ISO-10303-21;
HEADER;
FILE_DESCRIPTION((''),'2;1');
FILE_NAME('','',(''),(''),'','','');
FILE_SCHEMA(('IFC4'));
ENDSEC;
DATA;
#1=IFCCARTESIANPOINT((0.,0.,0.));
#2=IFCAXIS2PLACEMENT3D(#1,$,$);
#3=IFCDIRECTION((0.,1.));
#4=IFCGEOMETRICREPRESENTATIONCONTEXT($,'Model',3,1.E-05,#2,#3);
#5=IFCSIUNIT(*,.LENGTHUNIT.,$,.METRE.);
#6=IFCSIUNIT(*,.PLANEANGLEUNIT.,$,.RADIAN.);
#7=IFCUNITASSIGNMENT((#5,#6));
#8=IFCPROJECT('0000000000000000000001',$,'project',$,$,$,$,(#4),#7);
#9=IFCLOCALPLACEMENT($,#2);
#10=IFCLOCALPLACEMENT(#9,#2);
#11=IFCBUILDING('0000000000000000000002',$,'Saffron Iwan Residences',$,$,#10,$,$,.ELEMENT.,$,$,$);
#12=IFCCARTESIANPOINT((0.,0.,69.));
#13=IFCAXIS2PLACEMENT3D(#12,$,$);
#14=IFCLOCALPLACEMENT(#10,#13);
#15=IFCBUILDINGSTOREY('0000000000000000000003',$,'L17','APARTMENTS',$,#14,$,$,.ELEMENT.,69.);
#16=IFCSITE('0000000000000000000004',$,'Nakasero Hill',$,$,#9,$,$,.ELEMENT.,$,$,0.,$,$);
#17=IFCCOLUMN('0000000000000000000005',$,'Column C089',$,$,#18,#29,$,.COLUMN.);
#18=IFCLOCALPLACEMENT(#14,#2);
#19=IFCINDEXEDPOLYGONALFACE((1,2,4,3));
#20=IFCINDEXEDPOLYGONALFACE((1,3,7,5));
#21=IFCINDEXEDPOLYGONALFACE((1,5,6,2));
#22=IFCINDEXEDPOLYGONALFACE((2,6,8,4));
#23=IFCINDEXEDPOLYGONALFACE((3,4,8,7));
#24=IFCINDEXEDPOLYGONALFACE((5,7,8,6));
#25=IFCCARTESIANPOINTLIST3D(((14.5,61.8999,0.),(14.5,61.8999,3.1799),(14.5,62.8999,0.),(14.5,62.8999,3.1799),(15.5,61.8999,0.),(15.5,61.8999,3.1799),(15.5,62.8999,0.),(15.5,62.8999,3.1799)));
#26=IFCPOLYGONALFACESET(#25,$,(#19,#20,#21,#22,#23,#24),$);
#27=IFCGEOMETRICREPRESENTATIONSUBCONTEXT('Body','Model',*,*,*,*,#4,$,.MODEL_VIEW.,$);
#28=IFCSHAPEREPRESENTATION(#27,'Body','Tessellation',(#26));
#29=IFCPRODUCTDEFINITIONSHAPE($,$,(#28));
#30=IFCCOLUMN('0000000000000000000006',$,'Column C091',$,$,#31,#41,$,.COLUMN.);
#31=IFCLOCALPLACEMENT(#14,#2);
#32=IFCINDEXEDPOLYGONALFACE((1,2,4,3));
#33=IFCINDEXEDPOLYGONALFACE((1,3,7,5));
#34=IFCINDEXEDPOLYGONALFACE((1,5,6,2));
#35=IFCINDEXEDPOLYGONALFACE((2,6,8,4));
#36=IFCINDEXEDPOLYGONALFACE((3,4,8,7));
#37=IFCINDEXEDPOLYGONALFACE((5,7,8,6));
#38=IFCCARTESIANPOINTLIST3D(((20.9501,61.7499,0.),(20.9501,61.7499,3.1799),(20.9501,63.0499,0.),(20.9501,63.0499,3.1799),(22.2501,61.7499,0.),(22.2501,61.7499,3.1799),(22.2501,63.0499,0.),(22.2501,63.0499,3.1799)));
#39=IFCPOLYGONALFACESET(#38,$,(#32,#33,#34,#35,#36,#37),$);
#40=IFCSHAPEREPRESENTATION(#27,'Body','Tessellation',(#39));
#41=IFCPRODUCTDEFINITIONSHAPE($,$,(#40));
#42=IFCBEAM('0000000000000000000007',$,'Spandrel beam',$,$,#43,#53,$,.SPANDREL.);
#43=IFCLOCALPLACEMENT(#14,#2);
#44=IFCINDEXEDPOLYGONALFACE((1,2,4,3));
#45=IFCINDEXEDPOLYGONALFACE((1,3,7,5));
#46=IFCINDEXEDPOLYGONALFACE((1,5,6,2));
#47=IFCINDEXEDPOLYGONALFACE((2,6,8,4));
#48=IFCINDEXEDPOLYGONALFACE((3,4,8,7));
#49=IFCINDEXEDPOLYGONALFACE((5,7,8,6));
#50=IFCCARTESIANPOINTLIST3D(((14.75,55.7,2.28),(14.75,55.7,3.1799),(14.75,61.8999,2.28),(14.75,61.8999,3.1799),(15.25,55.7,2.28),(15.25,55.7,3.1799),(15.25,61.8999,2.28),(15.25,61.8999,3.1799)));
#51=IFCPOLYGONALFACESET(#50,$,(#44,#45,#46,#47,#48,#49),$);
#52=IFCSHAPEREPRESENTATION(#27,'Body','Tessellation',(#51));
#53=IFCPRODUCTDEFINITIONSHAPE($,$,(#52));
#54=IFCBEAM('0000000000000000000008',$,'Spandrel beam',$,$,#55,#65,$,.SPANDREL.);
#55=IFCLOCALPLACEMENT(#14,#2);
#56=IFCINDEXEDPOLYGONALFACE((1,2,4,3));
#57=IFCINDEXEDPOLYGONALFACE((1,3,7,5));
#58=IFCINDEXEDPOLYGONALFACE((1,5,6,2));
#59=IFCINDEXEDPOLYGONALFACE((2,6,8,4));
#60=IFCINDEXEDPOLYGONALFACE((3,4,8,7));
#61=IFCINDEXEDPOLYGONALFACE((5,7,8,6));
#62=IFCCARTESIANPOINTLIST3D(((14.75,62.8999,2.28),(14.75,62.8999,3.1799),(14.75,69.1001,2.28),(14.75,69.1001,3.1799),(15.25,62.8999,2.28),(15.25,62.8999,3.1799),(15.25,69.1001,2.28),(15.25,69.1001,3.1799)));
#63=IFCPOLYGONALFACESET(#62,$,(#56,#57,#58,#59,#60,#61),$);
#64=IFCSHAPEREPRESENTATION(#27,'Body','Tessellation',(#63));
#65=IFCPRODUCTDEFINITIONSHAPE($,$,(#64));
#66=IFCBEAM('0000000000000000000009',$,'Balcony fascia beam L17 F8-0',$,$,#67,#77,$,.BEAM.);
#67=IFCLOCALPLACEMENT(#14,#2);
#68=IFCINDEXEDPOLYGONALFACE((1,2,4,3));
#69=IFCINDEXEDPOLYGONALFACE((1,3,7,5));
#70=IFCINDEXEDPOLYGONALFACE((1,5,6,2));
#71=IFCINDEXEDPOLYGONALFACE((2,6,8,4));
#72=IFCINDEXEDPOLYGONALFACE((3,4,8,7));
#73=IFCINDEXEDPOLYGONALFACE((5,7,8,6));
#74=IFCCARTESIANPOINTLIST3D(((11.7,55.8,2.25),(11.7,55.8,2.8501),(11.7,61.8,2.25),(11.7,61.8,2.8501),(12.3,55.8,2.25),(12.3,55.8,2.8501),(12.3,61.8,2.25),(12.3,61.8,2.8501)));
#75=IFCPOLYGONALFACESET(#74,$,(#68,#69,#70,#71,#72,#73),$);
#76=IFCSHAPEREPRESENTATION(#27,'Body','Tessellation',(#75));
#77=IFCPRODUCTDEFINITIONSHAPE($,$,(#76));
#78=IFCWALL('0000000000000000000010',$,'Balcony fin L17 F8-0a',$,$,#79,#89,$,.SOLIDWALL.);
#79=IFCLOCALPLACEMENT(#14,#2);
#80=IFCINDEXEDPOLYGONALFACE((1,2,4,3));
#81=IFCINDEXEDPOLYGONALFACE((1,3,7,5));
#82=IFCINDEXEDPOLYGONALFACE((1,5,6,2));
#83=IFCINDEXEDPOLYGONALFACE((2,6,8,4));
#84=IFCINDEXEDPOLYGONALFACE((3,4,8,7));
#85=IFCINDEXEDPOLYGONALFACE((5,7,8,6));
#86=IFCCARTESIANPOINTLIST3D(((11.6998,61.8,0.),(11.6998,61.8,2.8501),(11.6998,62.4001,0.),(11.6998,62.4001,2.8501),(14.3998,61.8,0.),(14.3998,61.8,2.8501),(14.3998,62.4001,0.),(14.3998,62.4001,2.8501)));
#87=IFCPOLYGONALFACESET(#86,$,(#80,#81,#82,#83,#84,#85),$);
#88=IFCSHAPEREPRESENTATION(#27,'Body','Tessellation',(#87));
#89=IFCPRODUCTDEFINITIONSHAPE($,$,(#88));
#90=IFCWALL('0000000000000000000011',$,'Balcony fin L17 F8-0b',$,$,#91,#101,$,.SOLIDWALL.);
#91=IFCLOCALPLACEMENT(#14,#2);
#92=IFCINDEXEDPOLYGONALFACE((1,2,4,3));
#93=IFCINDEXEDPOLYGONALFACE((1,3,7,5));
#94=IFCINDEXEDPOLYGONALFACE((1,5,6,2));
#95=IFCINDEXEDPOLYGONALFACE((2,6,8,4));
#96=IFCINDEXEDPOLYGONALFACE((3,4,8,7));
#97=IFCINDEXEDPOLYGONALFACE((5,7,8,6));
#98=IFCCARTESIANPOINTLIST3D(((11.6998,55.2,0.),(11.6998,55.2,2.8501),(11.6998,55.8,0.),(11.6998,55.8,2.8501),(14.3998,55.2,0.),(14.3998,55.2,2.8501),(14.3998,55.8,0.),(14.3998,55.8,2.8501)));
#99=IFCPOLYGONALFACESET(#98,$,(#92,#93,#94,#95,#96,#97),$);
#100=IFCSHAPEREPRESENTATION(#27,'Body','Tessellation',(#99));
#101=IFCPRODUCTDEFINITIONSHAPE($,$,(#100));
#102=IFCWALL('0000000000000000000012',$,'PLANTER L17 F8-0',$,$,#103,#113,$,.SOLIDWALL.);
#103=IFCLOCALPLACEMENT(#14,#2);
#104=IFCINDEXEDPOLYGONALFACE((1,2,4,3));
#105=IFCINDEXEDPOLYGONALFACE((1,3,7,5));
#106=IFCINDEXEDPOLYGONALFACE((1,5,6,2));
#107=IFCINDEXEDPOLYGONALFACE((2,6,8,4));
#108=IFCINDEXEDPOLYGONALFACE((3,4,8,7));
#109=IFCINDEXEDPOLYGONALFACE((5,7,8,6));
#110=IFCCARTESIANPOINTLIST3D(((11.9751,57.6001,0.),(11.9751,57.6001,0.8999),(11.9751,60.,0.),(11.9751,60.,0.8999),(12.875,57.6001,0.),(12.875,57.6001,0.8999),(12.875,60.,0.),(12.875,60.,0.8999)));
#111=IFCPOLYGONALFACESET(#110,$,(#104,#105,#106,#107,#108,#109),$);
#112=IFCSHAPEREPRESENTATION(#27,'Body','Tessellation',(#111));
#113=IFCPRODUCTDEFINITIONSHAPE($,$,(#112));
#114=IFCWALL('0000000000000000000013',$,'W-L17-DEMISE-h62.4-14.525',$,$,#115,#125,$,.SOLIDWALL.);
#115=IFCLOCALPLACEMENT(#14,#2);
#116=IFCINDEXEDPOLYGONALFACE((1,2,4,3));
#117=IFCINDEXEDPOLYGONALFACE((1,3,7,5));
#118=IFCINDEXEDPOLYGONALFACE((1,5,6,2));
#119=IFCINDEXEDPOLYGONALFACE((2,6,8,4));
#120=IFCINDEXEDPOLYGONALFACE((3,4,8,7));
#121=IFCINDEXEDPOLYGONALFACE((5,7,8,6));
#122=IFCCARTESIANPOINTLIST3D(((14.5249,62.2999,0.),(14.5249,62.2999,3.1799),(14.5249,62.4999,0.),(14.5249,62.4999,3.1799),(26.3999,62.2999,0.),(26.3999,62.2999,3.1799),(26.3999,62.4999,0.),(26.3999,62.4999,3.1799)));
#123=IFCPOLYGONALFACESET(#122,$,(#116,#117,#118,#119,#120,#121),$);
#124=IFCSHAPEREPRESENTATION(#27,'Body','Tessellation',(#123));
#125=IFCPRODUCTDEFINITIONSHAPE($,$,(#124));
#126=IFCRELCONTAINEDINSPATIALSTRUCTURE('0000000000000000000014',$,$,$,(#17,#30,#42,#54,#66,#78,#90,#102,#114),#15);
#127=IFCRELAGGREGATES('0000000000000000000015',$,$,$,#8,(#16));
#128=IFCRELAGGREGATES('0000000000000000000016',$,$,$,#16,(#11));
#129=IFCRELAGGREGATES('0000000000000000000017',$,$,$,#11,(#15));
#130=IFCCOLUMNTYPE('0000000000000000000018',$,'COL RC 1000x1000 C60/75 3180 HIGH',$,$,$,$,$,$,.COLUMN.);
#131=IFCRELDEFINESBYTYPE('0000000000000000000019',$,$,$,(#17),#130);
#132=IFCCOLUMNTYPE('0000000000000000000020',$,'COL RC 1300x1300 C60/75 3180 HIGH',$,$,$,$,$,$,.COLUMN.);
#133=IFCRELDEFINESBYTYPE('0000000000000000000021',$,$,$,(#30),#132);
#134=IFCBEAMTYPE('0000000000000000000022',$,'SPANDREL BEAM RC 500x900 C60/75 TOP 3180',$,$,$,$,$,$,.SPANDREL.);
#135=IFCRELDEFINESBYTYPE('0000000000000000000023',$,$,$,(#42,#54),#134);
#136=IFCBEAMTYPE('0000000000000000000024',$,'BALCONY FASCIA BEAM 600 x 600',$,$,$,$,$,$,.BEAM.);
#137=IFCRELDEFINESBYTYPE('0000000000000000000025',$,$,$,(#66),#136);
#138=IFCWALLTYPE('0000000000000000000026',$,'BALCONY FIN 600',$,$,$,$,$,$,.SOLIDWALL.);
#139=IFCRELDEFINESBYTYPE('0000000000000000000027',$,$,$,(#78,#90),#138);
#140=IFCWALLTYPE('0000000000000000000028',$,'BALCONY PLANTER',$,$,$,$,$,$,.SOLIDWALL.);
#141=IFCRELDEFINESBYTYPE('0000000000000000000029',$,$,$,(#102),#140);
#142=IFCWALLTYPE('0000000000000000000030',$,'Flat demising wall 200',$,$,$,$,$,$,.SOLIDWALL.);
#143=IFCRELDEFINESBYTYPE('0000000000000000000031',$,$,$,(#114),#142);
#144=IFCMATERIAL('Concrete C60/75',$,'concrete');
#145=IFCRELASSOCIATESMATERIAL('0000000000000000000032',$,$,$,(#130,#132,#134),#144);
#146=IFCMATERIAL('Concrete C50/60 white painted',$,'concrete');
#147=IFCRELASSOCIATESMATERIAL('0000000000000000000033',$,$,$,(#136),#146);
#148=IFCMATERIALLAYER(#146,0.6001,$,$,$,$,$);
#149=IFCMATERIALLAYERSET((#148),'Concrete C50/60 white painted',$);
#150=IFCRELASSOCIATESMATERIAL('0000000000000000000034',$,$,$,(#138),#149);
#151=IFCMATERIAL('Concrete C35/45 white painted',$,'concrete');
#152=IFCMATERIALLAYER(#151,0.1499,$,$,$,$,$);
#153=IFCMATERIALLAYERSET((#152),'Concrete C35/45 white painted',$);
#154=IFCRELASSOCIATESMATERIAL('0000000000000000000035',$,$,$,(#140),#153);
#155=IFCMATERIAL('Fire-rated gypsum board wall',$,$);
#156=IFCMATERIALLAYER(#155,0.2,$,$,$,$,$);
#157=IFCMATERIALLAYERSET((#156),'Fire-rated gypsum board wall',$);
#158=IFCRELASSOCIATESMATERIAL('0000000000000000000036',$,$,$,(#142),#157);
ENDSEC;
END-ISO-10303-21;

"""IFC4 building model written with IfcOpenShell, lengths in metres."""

from ifc_helpers import new_model, si_unit, direction, frame, frame_2d, origin, origin_2d, place, context, subcontext, project, spatial, rectangle, extrude, source, transform, mapped, material, layer, layer_set, material_profile, profile_set, type_object, element, save


model = new_model("IFC4")

# Units and contexts
model_context = context("Model", 3, precision=1e-05, world=origin(), true_north=direction((0.0, 1.0)))
body_context = subcontext(model_context, "Body", "Model", "MODEL_VIEW")
ifc_project = project(units=[si_unit("LENGTHUNIT", "METRE"), si_unit("PLANEANGLEUNIT", "RADIAN")], contexts=[model_context])

# Site, building, storey
site_placement = place(None, origin())
site = spatial("IfcSite", under=ifc_project, at=site_placement, Name="Nakasero Hill", CompositionType="ELEMENT", RefElevation=0.0)
building_placement = place(site_placement, origin())
building = spatial("IfcBuilding", under=site, at=building_placement, Name="Saffron Iwan Residences", CompositionType="ELEMENT")
storey_placement = place(building_placement, frame((0.0, 0.0, 69.0)))
storey = spatial("IfcBuildingStorey", under=building, at=storey_placement, Name="L17", Description="APARTMENTS", CompositionType="ELEMENT", Elevation=69.0)

# Columns
ifc_material_1 = material(Name="Concrete C60/75", Category="concrete")
ifc_material_profile_1 = material_profile(ifc_material_1, rectangle(XDim=1.0, YDim=1.0, at=origin_2d()), Name="RC 1000x1000")
ifc_profile_set_1 = profile_set([ifc_material_profile_1], Name="Concrete C60/75")
column_type_1 = type_object("IfcColumnType", Name="COL RC 1000x1000 C60/75 3180 HIGH", PredefinedType="COLUMN", material=ifc_profile_set_1)
shared_shape_1 = source(origin(), body_context, "Body", "SweptSolid", [
    extrude(rectangle(XDim=1.0, YDim=1.0, at=origin_2d()), origin(), (0.0, 0.0, 1.0), 3.1799),
])
column_1_placement = place(storey_placement, frame((15.0, 62.3999, 0.0), z_axis=(0.0, 0.0, 1.0), x_axis=(1.0, 0.0, 0.0)))
element("IfcColumn", 1, at=column_1_placement, inside=storey, type_object=column_type_1, Name="Column C089", PredefinedType="COLUMN", context=body_context, shape_type="MappedRepresentation", body=[
    mapped(shared_shape_1, transform((0.0, 0.0, 0.0))),
])
ifc_material_profile_2 = material_profile(ifc_material_1, rectangle(XDim=1.3, YDim=1.3, at=origin_2d()), Name="RC 1300x1300")
ifc_profile_set_2 = profile_set([ifc_material_profile_2], Name="Concrete C60/75")
column_type_2 = type_object("IfcColumnType", Name="COL RC 1300x1300 C60/75 3180 HIGH", PredefinedType="COLUMN", material=ifc_profile_set_2)
shared_shape_2 = source(origin(), body_context, "Body", "SweptSolid", [
    extrude(rectangle(XDim=1.3, YDim=1.3, at=origin_2d()), origin(), (0.0, 0.0, 1.0), 3.1799),
])
column_2_placement = place(storey_placement, frame((21.6001, 62.3999, 0.0), z_axis=(0.0, 0.0, 1.0), x_axis=(1.0, 0.0, 0.0)))
element("IfcColumn", 2, at=column_2_placement, inside=storey, type_object=column_type_2, Name="Column C091", PredefinedType="COLUMN", context=body_context, shape_type="MappedRepresentation", body=[
    mapped(shared_shape_2, transform((0.0, 0.0, 0.0))),
])

# Beams
ifc_material_profile_3 = material_profile(ifc_material_1, rectangle(XDim=0.5, YDim=0.8999, at=origin_2d()), Name="RC 500x900")
ifc_profile_set_3 = profile_set([ifc_material_profile_3], Name="Concrete C60/75")
beam_type_1 = type_object("IfcBeamType", Name="SPANDREL BEAM RC 500x900 C60/75 TOP 3180", PredefinedType="SPANDREL", material=ifc_profile_set_3)
shared_shape_3 = source(origin(), body_context, "Body", "SweptSolid", [
    extrude(rectangle(XDim=0.5, YDim=0.8999, at=origin_2d()), origin(), (0.0, 0.0, 1.0), 6.2),
])
beam_1_placement = place(storey_placement, frame((15.0, 55.7, 2.73), z_axis=(0.0, 1.0, 0.0), x_axis=(-1.0, 0.0, 0.0)))
element("IfcBeam", 3, at=beam_1_placement, inside=storey, type_object=beam_type_1, Name="Spandrel beam", PredefinedType="SPANDREL", context=body_context, shape_type="MappedRepresentation", body=[
    mapped(shared_shape_3, transform((0.0, 0.0, 0.0))),
])
shared_shape_4 = source(origin(), body_context, "Body", "SweptSolid", [
    extrude(rectangle(XDim=0.5, YDim=0.8999, at=origin_2d()), origin(), (0.0, 0.0, 1.0), 6.2002),
])
beam_2_placement = place(storey_placement, frame((15.0, 62.8999, 2.73), z_axis=(0.0, 1.0, 0.0), x_axis=(-1.0, 0.0, 0.0)))
element("IfcBeam", 4, at=beam_2_placement, inside=storey, type_object=beam_type_1, Name="Spandrel beam", PredefinedType="SPANDREL", context=body_context, shape_type="MappedRepresentation", body=[
    mapped(shared_shape_4, transform((0.0, 0.0, 0.0))),
])
ifc_material_2 = material(Name="Concrete C50/60 white painted", Category="concrete")
ifc_material_profile_4 = material_profile(ifc_material_2, rectangle(XDim=0.6001, YDim=0.6001, at=origin_2d()), Name="BALCONY FASCIA BEAM 600 x 600")
ifc_profile_set_4 = profile_set([ifc_material_profile_4], Name="Concrete C50/60 white painted")
beam_type_2 = type_object("IfcBeamType", Name="BALCONY FASCIA BEAM 600 x 600", PredefinedType="BEAM", material=ifc_profile_set_4)
shared_shape_5 = source(origin(), body_context, "Body", "SweptSolid", [
    extrude(rectangle(XDim=0.6001, YDim=0.6001, at=origin_2d()), origin(), (0.0, 0.0, 1.0), 6.0),
])
beam_3_placement = place(storey_placement, frame((12.0, 61.8, 2.55), z_axis=(0.0, -1.0, 0.0), x_axis=(1.0, 0.0, 0.0)))
element("IfcBeam", 5, at=beam_3_placement, inside=storey, type_object=beam_type_2, Name="Balcony fascia beam L17 F8-0", PredefinedType="BEAM", context=body_context, shape_type="MappedRepresentation", body=[
    mapped(shared_shape_5, transform((0.0, 0.0, 0.0))),
])

# Walls
ifc_layer_1 = layer(ifc_material_2, 0.6001)
ifc_layer_set_1 = layer_set([ifc_layer_1], Name="Concrete C50/60 white painted")
wall_type_1 = type_object("IfcWallType", Name="BALCONY FIN 600", PredefinedType="SOLIDWALL", material=ifc_layer_set_1)
for number, where, z_axis, x_axis, name in (
    (6, (14.3999, 62.1001, 0.0), (0.0, 0.0, 1.0), (-1.0, 0.0, 0.0), "Balcony fin L17 F8-0a"),
    (7, (14.3999, 55.5, 0.0), (0.0, 0.0, 1.0), (-1.0, 0.0, 0.0), "Balcony fin L17 F8-0b"),
):
    element("IfcWall", number, at=place(storey_placement, frame(where, z_axis=z_axis, x_axis=x_axis)), inside=storey, type_object=wall_type_1, Name=name, PredefinedType="SOLIDWALL", context=body_context, shape_type="SweptSolid", body=[
        extrude(rectangle(XDim=2.7, YDim=0.6001, at=frame_2d((1.3501, 0.0))), origin(), (0.0, 0.0, 1.0), 2.8501),
    ])
ifc_material_3 = material(Name="Concrete C35/45 white painted", Category="concrete")
ifc_layer_2 = layer(ifc_material_3, 0.1499)
ifc_layer_set_2 = layer_set([ifc_layer_2], Name="Concrete C35/45 white painted")
wall_type_2 = type_object("IfcWallType", Name="BALCONY PLANTER", PredefinedType="SOLIDWALL", material=ifc_layer_set_2)
wall_1_placement = place(storey_placement, frame((12.425, 60.0, 0.0), z_axis=(0.0, 0.0, 1.0), x_axis=(0.0, -1.0, 0.0)))
element("IfcWall", 8, at=wall_1_placement, inside=storey, type_object=wall_type_2, Name="PLANTER L17 F8-0", PredefinedType="SOLIDWALL", context=body_context, shape_type="SweptSolid", body=[
    extrude(rectangle(XDim=2.3999, YDim=0.8999, at=frame_2d((1.2, 0.0))), origin(), (0.0, 0.0, 1.0), 0.8999),
])

# Wall
ifc_material_4 = material(Name="Fire-rated gypsum board wall")
ifc_layer_3 = layer(ifc_material_4, 0.2)
ifc_layer_set_3 = layer_set([ifc_layer_3], Name="Fire-rated gypsum board wall")
wall_type_3 = type_object("IfcWallType", Name="Flat demising wall 200", PredefinedType="SOLIDWALL", material=ifc_layer_set_3)
wall_2_placement = place(storey_placement, frame((14.5249, 62.3999, 0.0), z_axis=(0.0, 0.0, 1.0), x_axis=(1.0, 0.0, 0.0)))
element("IfcWall", 9, at=wall_2_placement, inside=storey, type_object=wall_type_3, Name="W-L17-DEMISE-h62.4-14.525", PredefinedType="SOLIDWALL", context=body_context, shape_type="SweptSolid", body=[
    extrude(rectangle(XDim=11.875, YDim=0.2, at=frame_2d((5.9375, 0.0))), origin(), (0.0, 0.0, 1.0), 3.1799),
])

save(model, "model.ifc")
